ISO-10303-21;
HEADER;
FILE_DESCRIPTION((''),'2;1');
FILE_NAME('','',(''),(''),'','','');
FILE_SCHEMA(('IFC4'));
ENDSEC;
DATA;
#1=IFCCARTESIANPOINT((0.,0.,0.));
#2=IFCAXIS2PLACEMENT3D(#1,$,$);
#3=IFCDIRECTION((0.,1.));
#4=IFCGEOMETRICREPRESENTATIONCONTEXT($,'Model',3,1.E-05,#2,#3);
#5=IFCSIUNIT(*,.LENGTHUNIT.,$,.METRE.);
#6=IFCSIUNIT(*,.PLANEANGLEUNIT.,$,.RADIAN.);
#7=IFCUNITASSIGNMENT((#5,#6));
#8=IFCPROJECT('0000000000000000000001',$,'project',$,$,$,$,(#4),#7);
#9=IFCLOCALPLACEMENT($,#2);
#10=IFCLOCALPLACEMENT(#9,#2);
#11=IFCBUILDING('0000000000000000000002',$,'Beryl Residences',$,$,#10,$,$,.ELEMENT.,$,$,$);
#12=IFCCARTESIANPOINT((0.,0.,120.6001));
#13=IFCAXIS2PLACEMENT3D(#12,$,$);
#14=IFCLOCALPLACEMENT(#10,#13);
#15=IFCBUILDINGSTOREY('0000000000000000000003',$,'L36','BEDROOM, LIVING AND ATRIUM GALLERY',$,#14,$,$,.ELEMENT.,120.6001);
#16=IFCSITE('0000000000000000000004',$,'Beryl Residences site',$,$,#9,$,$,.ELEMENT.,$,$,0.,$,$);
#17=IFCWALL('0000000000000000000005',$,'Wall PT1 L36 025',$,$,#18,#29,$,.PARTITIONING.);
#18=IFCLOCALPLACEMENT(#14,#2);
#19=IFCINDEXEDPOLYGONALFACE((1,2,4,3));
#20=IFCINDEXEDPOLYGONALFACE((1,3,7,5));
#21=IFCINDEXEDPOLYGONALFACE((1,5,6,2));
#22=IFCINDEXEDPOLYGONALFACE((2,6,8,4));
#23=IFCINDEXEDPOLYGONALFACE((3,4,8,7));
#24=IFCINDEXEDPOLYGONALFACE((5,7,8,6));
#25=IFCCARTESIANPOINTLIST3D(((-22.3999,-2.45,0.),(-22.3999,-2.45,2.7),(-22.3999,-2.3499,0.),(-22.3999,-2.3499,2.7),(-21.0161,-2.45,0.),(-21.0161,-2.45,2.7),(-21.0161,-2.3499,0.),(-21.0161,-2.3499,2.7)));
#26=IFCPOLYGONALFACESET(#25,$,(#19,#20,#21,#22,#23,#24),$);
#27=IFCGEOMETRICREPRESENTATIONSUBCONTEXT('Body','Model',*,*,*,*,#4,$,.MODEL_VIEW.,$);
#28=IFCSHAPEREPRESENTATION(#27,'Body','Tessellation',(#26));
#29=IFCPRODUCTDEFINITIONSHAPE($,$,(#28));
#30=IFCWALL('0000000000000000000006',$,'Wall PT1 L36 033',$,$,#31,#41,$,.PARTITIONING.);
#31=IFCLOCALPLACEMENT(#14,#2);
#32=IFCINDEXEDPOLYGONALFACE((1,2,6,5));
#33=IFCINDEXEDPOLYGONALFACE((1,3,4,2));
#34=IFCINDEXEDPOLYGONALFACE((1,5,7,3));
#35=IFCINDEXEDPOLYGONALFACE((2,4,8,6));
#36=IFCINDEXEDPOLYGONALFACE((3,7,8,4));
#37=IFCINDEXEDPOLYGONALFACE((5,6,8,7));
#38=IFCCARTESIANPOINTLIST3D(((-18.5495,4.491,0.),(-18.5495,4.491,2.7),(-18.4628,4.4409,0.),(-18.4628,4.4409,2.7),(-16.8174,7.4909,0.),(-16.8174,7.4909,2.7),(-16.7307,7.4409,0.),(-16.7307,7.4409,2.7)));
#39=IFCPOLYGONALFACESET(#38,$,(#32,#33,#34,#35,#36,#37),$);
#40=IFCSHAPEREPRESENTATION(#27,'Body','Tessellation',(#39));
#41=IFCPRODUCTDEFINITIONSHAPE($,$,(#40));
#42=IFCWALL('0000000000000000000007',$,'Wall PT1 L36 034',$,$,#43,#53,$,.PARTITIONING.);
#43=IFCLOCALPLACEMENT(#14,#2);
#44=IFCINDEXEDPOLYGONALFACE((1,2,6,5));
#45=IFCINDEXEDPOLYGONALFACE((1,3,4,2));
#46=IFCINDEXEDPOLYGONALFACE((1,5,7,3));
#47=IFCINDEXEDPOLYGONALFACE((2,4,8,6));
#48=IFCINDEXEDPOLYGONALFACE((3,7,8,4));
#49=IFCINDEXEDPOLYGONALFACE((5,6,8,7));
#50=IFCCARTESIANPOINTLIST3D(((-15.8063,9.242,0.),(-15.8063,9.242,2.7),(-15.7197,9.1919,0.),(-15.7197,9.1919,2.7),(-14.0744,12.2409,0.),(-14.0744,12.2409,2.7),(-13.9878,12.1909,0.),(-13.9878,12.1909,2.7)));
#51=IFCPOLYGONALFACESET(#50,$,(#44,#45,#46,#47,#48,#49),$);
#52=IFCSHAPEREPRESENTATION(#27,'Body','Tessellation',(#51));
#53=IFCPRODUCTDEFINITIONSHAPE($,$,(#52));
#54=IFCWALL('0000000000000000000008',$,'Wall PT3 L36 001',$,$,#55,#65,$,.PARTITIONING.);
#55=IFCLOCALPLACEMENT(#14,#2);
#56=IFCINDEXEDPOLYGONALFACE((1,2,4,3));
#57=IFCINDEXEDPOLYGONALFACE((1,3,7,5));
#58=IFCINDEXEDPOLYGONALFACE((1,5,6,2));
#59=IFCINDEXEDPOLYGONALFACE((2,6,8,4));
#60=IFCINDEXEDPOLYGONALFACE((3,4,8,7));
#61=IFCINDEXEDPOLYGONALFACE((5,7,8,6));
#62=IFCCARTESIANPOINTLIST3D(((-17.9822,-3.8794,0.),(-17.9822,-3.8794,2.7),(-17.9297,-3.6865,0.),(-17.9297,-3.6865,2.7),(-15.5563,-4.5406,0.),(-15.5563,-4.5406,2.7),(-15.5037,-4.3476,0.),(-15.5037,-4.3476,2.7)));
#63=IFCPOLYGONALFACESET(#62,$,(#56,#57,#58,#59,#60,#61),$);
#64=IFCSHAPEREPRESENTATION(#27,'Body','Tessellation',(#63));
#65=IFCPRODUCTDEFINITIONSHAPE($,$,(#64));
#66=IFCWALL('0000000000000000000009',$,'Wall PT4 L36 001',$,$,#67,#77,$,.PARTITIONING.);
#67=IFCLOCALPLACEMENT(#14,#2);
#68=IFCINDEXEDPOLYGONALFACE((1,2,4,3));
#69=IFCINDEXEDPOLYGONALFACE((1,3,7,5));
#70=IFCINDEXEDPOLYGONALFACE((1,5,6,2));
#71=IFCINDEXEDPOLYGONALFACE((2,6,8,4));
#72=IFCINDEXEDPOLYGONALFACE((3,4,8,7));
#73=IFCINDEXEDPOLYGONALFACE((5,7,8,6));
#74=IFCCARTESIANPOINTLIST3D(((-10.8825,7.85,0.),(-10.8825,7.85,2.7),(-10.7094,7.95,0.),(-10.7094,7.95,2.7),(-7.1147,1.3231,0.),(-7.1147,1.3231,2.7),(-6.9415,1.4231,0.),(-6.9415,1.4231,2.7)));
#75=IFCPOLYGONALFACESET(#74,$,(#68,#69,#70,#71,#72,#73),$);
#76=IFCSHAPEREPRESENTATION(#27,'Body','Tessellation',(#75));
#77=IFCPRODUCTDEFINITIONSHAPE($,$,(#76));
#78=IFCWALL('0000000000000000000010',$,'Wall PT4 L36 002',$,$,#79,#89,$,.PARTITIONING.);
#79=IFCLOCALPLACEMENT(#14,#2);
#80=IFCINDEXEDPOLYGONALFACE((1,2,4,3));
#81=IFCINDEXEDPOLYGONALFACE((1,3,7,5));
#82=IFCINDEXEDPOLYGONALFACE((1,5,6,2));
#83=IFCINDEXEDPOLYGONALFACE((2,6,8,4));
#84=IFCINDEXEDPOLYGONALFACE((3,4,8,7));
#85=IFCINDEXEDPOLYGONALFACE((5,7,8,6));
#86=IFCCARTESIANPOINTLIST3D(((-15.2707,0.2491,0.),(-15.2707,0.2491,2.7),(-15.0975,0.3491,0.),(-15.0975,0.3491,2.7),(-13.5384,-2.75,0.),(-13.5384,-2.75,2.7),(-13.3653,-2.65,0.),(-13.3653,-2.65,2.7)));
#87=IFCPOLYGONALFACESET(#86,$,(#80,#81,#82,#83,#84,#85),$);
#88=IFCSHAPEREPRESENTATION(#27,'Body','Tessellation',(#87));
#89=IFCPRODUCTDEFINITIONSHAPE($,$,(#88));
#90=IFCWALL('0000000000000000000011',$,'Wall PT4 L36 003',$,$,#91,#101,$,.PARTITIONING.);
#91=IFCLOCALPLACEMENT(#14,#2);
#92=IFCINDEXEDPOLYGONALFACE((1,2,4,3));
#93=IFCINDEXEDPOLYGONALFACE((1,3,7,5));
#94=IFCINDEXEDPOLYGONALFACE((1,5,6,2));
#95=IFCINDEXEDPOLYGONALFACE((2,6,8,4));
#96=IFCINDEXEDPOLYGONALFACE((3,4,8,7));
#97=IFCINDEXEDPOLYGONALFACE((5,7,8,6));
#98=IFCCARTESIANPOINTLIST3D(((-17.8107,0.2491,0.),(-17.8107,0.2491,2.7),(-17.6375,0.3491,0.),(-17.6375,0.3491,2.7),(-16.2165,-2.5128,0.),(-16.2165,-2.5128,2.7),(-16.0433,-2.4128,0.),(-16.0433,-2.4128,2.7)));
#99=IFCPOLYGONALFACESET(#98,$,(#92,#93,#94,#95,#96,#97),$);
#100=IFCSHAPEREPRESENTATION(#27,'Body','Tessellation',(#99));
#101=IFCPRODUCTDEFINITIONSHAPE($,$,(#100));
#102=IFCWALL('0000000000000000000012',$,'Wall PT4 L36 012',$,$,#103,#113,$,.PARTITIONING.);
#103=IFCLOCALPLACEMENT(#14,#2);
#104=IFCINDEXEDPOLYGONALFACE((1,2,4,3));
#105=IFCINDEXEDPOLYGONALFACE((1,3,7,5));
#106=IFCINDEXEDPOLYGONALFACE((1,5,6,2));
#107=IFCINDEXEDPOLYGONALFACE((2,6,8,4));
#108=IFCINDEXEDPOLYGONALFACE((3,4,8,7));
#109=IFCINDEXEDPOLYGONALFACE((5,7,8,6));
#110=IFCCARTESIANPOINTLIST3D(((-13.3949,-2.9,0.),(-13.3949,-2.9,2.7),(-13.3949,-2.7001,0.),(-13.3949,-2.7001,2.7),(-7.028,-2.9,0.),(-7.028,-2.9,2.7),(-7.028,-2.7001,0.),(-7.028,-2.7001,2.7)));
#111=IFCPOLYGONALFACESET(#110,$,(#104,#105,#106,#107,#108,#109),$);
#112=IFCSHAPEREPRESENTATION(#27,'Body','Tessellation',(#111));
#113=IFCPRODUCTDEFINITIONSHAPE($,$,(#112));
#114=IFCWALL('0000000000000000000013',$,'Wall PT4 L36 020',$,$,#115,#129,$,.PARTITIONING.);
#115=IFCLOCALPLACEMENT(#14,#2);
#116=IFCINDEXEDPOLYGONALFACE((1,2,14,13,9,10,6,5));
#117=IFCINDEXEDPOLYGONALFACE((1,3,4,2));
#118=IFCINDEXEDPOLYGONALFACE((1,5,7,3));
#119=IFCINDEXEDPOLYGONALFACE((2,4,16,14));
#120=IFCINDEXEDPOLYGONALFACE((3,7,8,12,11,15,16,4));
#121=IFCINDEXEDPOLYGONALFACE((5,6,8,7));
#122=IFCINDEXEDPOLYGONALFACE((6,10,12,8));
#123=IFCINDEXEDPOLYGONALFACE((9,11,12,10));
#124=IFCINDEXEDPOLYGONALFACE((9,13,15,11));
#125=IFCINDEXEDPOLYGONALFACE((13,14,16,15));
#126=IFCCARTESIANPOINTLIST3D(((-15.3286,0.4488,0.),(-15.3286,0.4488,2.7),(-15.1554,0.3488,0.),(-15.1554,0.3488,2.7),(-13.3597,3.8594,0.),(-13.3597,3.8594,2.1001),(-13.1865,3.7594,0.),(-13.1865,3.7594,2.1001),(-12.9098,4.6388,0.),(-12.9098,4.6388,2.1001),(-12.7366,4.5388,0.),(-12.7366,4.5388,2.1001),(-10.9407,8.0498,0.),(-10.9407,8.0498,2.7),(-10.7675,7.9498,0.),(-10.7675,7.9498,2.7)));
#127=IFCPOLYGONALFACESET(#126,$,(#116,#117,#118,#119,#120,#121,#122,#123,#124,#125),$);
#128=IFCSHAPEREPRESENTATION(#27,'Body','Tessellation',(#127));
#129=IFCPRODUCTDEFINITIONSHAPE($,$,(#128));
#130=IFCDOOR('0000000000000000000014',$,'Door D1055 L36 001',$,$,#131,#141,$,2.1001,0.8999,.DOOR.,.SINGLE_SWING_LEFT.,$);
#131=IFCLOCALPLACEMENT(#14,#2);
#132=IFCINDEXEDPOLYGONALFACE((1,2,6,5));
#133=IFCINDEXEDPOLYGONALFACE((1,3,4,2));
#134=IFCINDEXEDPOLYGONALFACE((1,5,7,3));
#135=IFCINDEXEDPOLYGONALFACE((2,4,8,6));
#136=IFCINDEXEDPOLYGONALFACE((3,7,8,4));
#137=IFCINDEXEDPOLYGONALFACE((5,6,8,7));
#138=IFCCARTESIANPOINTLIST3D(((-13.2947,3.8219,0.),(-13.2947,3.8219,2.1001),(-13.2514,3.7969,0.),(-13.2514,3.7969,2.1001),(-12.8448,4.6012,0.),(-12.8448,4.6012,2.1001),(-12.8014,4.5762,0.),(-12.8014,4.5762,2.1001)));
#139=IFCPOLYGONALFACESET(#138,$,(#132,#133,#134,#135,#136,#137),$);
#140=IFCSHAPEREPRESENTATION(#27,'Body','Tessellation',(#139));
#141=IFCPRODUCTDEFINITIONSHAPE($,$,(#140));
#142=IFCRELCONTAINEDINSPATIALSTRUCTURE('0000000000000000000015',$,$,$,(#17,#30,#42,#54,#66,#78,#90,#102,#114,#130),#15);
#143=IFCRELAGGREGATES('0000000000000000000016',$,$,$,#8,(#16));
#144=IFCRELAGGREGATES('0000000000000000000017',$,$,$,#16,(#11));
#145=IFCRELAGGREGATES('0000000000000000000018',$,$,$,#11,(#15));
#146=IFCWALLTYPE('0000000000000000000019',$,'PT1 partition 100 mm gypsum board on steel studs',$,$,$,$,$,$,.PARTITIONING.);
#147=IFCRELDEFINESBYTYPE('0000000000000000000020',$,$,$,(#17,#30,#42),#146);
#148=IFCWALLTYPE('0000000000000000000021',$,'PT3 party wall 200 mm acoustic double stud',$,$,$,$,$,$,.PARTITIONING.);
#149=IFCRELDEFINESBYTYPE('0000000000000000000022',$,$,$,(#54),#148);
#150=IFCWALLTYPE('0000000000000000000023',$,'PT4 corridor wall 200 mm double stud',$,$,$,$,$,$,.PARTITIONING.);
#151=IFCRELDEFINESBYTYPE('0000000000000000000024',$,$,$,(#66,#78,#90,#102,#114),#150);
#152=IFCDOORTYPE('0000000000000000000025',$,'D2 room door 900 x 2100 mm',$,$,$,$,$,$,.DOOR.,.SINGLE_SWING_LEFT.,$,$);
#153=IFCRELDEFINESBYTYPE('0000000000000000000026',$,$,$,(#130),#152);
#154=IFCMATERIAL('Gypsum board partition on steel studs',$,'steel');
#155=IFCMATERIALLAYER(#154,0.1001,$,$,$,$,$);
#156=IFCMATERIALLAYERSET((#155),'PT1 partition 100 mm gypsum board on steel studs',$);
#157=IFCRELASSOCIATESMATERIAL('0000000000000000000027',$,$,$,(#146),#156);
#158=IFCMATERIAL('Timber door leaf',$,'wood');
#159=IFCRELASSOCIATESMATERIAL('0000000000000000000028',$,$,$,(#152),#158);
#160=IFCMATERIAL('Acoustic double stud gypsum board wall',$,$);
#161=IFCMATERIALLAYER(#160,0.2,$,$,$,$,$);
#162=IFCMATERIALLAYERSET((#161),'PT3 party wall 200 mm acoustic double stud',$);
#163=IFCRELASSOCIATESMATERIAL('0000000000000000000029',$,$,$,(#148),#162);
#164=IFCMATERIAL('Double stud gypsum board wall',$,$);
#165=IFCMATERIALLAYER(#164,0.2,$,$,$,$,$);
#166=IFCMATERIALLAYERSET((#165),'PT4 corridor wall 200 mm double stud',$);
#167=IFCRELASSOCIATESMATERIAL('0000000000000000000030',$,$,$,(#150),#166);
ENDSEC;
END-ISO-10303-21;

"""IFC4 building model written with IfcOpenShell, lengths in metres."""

from ifc_helpers import new_model, si_unit, direction, frame, frame_2d, origin, place, context, subcontext, project, spatial, rectangle, extrude, material, layer, layer_set, type_object, element, fill, save


model = new_model("IFC4")

# Units and contexts
model_context = context("Model", 3, precision=1e-05, world=origin(), true_north=direction((0.0, 1.0)))
body_context = subcontext(model_context, "Body", "Model", "MODEL_VIEW")
ifc_project = project(units=[si_unit("LENGTHUNIT", "METRE"), si_unit("PLANEANGLEUNIT", "RADIAN")], contexts=[model_context])

# Site, building, storey
site_placement = place(None, origin())
site = spatial("IfcSite", under=ifc_project, at=site_placement, Name="Beryl Residences site", CompositionType="ELEMENT", RefElevation=0.0)
building_placement = place(site_placement, origin())
building = spatial("IfcBuilding", under=site, at=building_placement, Name="Beryl Residences", CompositionType="ELEMENT")
storey_placement = place(building_placement, frame((0.0, 0.0, 120.6001)))
storey = spatial("IfcBuildingStorey", under=building, at=storey_placement, Name="L36", Description="BEDROOM, LIVING AND ATRIUM GALLERY", CompositionType="ELEMENT", Elevation=120.6001)

# Shared definitions
ifc_material_1 = material(Name="Gypsum board partition on steel studs", Category="steel")
ifc_layer_1 = layer(ifc_material_1, 0.1001)
ifc_layer_set_1 = layer_set([ifc_layer_1], Name="PT1 partition 100 mm gypsum board on steel studs")
wall_type_1 = type_object("IfcWallType", Name="PT1 partition 100 mm gypsum board on steel studs", PredefinedType="PARTITIONING", material=ifc_layer_set_1)
ifc_material_2 = material(Name="Timber door leaf", Category="wood")
door_type_1 = type_object("IfcDoorType", Name="D2 room door 900 x 2100 mm", OperationType="SINGLE_SWING_LEFT", PredefinedType="DOOR", material=ifc_material_2)

# Walls
wall_1_placement = place(storey_placement, frame((-22.3999, -2.3999, 0.0), z_axis=(0.0, 0.0, 1.0), x_axis=(1.0, 0.0, 0.0)))
element("IfcWall", 1, at=wall_1_placement, inside=storey, type_object=wall_type_1, Name="Wall PT1 L36 025", PredefinedType="PARTITIONING", context=body_context, shape_type="SweptSolid", body=[
    extrude(rectangle(XDim=1.3838, YDim=0.1001, at=frame_2d((0.6919, 0.0))), origin(), (0.0, 0.0, 1.0), 2.7),
])
wall_2_placement = place(storey_placement, frame((-18.5061, 4.4661, 0.0), z_axis=(0.0, 0.0, 1.0), x_axis=(0.500027, 0.86601, 0.0)))
element("IfcWall", 2, at=wall_2_placement, inside=storey, type_object=wall_type_1, Name="Wall PT1 L36 033", PredefinedType="PARTITIONING", context=body_context, shape_type="SweptSolid", body=[
    extrude(rectangle(XDim=3.4641, YDim=0.1001, at=frame_2d((1.7319, 0.0))), origin(), (0.0, 0.0, 1.0), 2.7),
])
wall_3_placement = place(storey_placement, frame((-15.7629, 9.217, 0.0), z_axis=(0.0, 0.0, 1.0), x_axis=(0.500097, 0.86597, 0.0)))
element("IfcWall", 3, at=wall_3_placement, inside=storey, type_object=wall_type_1, Name="Wall PT1 L36 034", PredefinedType="PARTITIONING", context=body_context, shape_type="SweptSolid", body=[
    extrude(rectangle(XDim=3.4631, YDim=0.1001, at=frame_2d((1.7314, 0.0))), origin(), (0.0, 0.0, 1.0), 2.7),
])
ifc_material_3 = material(Name="Acoustic double stud gypsum board wall")
ifc_layer_2 = layer(ifc_material_3, 0.2)
ifc_layer_set_2 = layer_set([ifc_layer_2], Name="PT3 party wall 200 mm acoustic double stud")
wall_type_2 = type_object("IfcWallType", Name="PT3 party wall 200 mm acoustic double stud", PredefinedType="PARTITIONING", material=ifc_layer_set_2)
wall_4_placement = place(storey_placement, frame((-17.9561, -3.783, 0.0), z_axis=(0.0, 0.0, 1.0), x_axis=(0.964815, -0.262928, 0.0)))
element("IfcWall", 4, at=wall_4_placement, inside=storey, type_object=wall_type_2, Name="Wall PT3 L36 001", PredefinedType="PARTITIONING", context=body_context, shape_type="SweptSolid", body=[
    extrude(rectangle(XDim=2.5144, YDim=0.2, at=frame_2d((1.2573, 0.0))), origin(), (0.0, 0.0, 1.0), 2.7),
])
ifc_material_4 = material(Name="Double stud gypsum board wall")
ifc_layer_3 = layer(ifc_material_4, 0.2)
ifc_layer_set_3 = layer_set([ifc_layer_3], Name="PT4 corridor wall 200 mm double stud")
wall_type_3 = type_object("IfcWallType", Name="PT4 corridor wall 200 mm double stud", PredefinedType="PARTITIONING", material=ifc_layer_set_3)
wall_5_placement = place(storey_placement, frame((-10.7959, 7.8999, 0.0), z_axis=(0.0, 0.0, 1.0), x_axis=(0.499954, -0.866052, 0.0)))
element("IfcWall", 5, at=wall_5_placement, inside=storey, type_object=wall_type_3, Name="Wall PT4 L36 001", PredefinedType="PARTITIONING", context=body_context, shape_type="SweptSolid", body=[
    extrude(rectangle(XDim=7.5364, YDim=0.2, at=frame_2d((3.7681, 0.0))), origin(), (0.0, 0.0, 1.0), 2.7),
])
wall_6_placement = place(storey_placement, frame((-15.1841, 0.2991, 0.0), z_axis=(0.0, 0.0, 1.0), x_axis=(0.50015, -0.865939, 0.0)))
element("IfcWall", 6, at=wall_6_placement, inside=storey, type_object=wall_type_3, Name="Wall PT4 L36 002", PredefinedType="PARTITIONING", context=body_context, shape_type="SweptSolid", body=[
    extrude(rectangle(XDim=3.4634, YDim=0.2, at=frame_2d((1.7317, 0.0))), origin(), (0.0, 0.0, 1.0), 2.7),
])
wall_7_placement = place(storey_placement, frame((-17.7241, 0.2991, 0.0), z_axis=(0.0, 0.0, 1.0), x_axis=(0.49991, -0.866077, 0.0)))
element("IfcWall", 7, at=wall_7_placement, inside=storey, type_object=wall_type_3, Name="Wall PT4 L36 003", PredefinedType="PARTITIONING", context=body_context, shape_type="SweptSolid", body=[
    extrude(rectangle(XDim=3.189, YDim=0.2, at=frame_2d((1.5945, 0.0))), origin(), (0.0, 0.0, 1.0), 2.7),
])
wall_8_placement = place(storey_placement, frame((-13.395, -2.8, 0.0), z_axis=(0.0, 0.0, 1.0), x_axis=(1.0, 0.0, 0.0)))
element("IfcWall", 8, at=wall_8_placement, inside=storey, type_object=wall_type_3, Name="Wall PT4 L36 012", PredefinedType="PARTITIONING", context=body_context, shape_type="SweptSolid", body=[
    extrude(rectangle(XDim=6.3669, YDim=0.2, at=frame_2d((3.1836, 0.0))), origin(), (0.0, 0.0, 1.0), 2.7),
])

# Wall, opening, door
wall_9_placement = place(storey_placement, frame((-15.2419, 0.3989, 0.0), z_axis=(0.0, 0.0, 1.0), x_axis=(0.499954, 0.866052, 0.0)))
wall_9 = element("IfcWall", 9, at=wall_9_placement, inside=storey, type_object=wall_type_3, Name="Wall PT4 L36 020", PredefinedType="PARTITIONING", context=body_context, shape_type="SweptSolid", body=[
    extrude(rectangle(XDim=8.7766, YDim=0.2, at=frame_2d((4.3882, 0.0))), origin(), (0.0, 0.0, 1.0), 2.7),
])
opening_1_placement = place(wall_9_placement, frame((3.938, 0.0, 0.0)))
opening_1 = element("IfcOpeningElement", 10, at=opening_1_placement, cuts=wall_9, PredefinedType="OPENING", context=body_context, shape_type="SweptSolid", body=[
    extrude(rectangle(XDim=0.8999, YDim=2.1001, at=frame_2d((0.45, 1.05))), frame((0.0, 0.1099, 0.0), z_axis=(0.0, -1.0, 0.0), x_axis=(1.0, 0.0, 0.0)), (0.0, 0.0, 1.0), 0.22),
])
door_1_placement = place(opening_1_placement, origin())
door_1 = element("IfcDoor", 11, at=door_1_placement, inside=storey, type_object=door_type_1, Name="Door D1055 L36 001", OperationType="SINGLE_SWING_LEFT", OverallHeight=2.1001, OverallWidth=0.8999, PredefinedType="DOOR", context=body_context, shape_type="SweptSolid", body=[
    extrude(rectangle(XDim=0.8999, YDim=2.1001, at=frame_2d((0.45, 1.05))), frame((0.0, 0.0249, 0.0), z_axis=(0.0, -1.0, 0.0), x_axis=(1.0, 0.0, 0.0)), (0.0, 0.0, 1.0), 0.05),
])
fill(opening_1, door_1)

save(model, "model.ifc")
